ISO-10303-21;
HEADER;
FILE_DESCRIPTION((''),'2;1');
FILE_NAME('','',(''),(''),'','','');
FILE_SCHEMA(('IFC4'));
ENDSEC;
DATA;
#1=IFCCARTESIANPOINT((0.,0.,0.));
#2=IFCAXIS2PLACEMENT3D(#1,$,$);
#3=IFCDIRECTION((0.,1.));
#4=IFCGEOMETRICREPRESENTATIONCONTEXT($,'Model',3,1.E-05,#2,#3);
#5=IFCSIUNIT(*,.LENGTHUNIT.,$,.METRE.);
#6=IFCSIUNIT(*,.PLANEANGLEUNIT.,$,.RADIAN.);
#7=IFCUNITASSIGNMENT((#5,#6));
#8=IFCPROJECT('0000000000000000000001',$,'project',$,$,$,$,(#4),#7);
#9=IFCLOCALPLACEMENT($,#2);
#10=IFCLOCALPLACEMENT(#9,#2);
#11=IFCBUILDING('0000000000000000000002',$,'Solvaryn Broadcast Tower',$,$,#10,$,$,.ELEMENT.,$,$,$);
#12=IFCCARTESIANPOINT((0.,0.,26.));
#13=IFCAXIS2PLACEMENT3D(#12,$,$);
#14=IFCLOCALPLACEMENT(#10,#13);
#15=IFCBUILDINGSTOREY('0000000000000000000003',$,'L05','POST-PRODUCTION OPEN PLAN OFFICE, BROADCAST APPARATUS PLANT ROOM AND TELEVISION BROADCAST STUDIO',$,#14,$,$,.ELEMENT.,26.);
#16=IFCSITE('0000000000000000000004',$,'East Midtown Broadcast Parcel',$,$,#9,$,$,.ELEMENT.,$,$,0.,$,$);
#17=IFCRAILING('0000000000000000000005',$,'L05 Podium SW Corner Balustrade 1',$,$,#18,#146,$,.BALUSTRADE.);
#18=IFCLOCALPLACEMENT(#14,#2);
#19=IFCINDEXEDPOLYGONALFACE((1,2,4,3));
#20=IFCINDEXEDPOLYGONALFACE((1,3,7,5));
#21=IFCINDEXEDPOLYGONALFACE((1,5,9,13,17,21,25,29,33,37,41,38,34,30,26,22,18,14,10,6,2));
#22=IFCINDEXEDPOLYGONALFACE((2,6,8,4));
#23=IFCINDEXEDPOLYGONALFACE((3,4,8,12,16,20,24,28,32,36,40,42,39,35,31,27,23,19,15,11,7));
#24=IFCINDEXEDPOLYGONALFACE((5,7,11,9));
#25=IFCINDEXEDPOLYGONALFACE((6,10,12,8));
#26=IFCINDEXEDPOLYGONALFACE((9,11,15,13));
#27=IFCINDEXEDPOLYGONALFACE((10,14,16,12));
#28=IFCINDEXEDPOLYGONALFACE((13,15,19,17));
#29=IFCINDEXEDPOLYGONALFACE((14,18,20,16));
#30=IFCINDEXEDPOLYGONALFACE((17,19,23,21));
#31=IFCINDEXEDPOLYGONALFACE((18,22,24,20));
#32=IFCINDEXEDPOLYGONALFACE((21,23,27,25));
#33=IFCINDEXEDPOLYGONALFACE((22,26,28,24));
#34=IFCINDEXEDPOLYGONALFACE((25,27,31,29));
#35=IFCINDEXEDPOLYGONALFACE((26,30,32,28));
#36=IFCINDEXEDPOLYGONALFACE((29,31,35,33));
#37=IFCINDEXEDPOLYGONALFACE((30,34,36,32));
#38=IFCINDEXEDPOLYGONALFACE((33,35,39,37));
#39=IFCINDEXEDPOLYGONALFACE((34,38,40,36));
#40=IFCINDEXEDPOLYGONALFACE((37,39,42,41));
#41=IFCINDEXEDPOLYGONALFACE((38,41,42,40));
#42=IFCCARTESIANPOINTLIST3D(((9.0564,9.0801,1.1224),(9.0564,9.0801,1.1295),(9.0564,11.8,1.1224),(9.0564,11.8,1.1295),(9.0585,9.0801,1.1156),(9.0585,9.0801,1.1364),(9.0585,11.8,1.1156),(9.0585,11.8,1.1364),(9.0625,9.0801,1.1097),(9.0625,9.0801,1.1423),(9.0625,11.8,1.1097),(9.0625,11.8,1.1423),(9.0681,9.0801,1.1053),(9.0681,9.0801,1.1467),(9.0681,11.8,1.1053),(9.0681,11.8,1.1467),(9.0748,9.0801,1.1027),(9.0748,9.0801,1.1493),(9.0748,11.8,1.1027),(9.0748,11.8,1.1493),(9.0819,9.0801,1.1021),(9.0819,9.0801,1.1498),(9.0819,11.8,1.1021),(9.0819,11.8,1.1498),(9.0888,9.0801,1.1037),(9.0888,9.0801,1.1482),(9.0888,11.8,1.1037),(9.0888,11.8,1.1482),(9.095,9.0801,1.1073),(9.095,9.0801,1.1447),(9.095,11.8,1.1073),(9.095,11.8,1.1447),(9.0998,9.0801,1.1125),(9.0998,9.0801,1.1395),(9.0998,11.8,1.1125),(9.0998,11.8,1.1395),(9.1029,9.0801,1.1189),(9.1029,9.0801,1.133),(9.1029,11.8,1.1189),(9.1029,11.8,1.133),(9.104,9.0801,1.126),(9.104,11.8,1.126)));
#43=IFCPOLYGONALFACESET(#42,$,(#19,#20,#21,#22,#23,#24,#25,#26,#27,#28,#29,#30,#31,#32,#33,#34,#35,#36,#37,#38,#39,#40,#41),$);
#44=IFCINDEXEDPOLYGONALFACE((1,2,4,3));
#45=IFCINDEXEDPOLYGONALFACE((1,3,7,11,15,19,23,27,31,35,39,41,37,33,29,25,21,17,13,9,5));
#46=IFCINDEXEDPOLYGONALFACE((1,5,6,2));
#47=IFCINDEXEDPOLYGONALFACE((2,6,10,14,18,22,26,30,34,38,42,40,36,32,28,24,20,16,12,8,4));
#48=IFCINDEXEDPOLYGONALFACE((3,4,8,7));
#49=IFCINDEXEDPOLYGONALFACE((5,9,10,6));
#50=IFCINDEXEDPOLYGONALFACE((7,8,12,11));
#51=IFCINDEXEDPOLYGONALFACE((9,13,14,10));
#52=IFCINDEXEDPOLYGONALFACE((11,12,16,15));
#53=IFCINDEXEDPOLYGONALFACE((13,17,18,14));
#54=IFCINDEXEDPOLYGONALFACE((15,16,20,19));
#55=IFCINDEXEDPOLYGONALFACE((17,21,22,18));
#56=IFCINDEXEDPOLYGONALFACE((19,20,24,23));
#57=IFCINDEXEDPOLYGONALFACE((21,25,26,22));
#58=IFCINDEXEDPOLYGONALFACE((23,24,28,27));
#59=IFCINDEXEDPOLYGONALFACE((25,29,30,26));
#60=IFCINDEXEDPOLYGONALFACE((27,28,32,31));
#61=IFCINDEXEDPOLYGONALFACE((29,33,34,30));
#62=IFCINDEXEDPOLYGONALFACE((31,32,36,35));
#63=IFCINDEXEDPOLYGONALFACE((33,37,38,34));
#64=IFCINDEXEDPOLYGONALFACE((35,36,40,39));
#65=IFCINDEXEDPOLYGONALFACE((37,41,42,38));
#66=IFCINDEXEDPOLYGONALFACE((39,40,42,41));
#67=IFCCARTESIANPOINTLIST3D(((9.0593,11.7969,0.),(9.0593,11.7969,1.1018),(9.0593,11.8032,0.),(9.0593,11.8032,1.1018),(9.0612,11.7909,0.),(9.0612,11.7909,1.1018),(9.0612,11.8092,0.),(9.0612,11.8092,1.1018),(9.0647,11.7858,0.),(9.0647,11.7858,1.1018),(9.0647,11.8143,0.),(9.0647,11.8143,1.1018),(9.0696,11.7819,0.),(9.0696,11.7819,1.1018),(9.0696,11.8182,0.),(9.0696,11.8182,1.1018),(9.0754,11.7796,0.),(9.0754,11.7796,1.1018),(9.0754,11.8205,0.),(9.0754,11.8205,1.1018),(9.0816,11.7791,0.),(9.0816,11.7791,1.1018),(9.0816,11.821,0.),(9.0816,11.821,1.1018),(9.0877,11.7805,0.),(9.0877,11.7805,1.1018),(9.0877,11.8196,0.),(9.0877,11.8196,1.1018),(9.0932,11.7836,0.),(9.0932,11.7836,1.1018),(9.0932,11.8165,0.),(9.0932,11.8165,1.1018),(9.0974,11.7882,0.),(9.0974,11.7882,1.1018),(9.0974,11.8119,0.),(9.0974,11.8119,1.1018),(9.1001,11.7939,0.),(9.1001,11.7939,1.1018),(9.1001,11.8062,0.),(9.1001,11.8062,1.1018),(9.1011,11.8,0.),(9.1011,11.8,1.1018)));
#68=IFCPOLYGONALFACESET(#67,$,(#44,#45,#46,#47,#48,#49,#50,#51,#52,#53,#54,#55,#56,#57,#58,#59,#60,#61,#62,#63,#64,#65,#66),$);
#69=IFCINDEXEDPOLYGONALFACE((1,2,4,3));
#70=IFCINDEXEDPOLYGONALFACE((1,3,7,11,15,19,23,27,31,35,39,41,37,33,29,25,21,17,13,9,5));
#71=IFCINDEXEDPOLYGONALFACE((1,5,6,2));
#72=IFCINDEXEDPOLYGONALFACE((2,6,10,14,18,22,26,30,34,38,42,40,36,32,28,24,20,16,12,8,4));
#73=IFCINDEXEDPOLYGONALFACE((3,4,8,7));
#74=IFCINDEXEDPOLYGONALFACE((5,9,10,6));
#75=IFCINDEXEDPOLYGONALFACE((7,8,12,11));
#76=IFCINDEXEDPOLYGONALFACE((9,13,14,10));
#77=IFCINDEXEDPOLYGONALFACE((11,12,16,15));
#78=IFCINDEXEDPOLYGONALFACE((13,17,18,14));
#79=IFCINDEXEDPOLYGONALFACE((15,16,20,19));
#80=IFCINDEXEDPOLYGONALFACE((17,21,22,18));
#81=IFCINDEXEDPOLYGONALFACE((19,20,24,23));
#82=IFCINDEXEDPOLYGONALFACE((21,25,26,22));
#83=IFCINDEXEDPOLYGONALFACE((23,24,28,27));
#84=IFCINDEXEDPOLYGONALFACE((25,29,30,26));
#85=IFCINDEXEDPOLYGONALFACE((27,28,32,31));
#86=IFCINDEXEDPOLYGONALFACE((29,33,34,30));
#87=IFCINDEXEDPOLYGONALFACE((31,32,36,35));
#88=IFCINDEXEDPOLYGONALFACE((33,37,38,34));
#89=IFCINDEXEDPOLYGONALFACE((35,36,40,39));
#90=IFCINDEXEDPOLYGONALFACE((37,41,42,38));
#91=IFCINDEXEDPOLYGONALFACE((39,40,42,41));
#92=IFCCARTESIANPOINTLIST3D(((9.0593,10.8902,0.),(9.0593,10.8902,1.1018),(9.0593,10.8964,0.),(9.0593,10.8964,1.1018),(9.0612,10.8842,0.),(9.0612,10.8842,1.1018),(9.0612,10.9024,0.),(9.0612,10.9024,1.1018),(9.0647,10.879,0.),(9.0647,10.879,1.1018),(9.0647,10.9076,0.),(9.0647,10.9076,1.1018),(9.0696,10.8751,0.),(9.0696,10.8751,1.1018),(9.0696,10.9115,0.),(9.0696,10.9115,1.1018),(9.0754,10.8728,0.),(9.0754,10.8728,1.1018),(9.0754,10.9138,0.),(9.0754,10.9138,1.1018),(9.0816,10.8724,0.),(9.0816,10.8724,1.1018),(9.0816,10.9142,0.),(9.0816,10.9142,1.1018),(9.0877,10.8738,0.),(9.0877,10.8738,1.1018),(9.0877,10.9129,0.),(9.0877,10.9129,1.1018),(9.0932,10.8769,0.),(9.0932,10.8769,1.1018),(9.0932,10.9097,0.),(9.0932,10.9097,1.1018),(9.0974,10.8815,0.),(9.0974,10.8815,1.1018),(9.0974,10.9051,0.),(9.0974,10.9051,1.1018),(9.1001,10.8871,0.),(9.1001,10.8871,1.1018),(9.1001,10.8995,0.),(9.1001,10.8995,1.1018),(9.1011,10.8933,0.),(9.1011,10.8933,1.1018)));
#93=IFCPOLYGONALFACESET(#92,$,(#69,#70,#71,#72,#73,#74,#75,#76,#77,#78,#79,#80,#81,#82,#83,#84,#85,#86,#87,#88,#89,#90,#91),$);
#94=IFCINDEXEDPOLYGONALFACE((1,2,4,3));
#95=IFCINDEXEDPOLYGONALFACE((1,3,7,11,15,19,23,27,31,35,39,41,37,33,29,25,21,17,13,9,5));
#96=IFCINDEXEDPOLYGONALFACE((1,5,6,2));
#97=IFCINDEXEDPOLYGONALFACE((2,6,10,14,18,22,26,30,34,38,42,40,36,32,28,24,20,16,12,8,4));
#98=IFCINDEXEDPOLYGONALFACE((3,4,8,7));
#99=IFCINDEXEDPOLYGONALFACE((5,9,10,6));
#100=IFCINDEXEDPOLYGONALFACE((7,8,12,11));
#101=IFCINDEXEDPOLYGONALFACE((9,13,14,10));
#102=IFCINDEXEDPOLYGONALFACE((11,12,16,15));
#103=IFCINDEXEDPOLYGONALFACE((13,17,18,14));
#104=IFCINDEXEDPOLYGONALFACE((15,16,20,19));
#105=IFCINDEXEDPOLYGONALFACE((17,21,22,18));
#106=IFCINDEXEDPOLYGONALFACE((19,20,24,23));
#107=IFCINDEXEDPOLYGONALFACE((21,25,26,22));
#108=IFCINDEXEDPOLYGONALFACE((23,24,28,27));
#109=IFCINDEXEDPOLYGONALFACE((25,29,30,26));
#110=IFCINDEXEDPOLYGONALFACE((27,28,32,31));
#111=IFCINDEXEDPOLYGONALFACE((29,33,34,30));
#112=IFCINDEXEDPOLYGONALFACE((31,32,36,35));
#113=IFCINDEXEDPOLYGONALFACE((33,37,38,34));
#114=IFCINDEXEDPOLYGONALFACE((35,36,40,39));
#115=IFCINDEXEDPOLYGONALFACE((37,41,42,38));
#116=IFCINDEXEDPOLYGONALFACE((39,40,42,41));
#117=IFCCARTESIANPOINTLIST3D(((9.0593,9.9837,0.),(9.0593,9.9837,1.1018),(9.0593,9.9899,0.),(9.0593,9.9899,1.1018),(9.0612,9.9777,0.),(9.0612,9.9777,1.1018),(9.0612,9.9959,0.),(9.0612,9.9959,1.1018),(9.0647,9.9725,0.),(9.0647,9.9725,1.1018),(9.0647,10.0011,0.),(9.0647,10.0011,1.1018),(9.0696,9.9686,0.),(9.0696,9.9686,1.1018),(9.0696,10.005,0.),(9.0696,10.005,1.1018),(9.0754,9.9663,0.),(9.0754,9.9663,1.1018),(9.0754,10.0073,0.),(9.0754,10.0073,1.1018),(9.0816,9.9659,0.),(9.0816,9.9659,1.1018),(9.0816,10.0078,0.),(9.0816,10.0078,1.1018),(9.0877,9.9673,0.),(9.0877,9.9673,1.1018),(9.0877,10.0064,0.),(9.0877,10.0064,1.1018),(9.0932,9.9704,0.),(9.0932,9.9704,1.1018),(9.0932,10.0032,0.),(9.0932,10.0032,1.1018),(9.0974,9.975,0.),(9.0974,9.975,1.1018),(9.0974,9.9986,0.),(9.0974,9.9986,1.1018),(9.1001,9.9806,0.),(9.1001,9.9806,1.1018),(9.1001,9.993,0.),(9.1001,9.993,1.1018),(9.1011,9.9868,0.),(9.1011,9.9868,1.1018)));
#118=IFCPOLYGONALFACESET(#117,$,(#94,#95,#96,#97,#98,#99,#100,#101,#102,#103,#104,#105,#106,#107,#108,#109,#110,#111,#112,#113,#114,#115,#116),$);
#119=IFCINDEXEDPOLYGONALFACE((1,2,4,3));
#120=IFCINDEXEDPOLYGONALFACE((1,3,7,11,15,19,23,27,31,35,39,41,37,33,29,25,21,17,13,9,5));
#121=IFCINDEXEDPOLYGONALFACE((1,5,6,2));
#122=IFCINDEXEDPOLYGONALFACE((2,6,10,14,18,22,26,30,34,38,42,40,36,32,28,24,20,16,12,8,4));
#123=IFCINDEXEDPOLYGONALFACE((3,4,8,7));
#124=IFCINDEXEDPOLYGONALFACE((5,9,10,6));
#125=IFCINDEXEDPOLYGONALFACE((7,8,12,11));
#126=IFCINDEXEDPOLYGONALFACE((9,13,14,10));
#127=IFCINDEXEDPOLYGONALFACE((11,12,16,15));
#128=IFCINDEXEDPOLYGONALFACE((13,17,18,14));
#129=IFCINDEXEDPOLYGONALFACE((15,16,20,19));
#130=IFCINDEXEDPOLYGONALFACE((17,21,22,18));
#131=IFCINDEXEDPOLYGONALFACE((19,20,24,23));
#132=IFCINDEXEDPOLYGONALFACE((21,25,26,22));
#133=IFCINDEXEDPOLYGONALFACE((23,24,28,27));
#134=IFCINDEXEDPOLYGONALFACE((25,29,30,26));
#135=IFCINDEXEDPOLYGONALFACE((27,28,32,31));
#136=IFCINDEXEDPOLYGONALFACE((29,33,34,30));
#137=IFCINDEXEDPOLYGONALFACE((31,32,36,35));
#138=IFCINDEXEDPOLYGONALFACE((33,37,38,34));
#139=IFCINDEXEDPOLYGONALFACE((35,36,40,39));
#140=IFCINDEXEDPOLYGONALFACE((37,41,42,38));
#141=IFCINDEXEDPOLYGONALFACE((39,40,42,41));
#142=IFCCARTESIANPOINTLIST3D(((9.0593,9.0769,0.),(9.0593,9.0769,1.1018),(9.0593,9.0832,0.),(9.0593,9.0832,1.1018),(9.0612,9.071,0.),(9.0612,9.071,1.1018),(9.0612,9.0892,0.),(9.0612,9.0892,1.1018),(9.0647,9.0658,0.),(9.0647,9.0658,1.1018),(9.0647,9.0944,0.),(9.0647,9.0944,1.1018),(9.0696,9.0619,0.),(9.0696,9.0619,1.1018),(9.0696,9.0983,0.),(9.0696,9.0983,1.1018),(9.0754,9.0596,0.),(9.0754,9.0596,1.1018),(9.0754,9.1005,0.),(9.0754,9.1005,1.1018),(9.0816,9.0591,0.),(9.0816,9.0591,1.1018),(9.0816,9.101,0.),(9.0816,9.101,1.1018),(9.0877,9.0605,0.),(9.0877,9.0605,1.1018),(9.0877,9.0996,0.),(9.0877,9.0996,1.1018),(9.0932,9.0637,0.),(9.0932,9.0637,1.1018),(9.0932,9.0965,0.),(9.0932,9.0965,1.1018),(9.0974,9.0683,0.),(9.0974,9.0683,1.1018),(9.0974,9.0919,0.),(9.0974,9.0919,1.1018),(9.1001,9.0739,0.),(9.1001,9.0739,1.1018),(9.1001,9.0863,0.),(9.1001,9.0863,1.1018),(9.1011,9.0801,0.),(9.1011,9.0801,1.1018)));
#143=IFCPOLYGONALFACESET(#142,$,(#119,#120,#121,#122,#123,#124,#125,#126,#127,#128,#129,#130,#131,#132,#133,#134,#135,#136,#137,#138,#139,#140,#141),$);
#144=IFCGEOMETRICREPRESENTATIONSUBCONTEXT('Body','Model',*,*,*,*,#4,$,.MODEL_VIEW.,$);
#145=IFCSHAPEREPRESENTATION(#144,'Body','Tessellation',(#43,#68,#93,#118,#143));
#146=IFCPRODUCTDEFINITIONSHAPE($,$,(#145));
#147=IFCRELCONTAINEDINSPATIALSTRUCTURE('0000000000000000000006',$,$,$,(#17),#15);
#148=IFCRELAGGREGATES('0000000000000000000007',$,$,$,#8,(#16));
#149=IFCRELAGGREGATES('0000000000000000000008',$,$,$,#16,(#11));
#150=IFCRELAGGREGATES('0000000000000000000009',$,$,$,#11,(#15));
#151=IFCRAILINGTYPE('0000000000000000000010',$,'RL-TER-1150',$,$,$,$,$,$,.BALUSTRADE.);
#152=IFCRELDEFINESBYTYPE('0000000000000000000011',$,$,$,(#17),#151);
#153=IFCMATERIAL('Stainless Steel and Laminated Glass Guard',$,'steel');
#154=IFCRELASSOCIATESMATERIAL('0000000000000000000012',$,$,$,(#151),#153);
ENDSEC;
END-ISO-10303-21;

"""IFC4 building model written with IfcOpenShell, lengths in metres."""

from ifc_helpers import new_model, si_unit, direction, frame, origin, origin_2d, place, context, subcontext, project, spatial, circle, extrude, material, type_object, element, save


model = new_model("IFC4")

# Units and contexts
model_context = context("Model", 3, precision=1e-05, world=origin(), true_north=direction((0.0, 1.0)))
body_context = subcontext(model_context, "Body", "Model", "MODEL_VIEW")
ifc_project = project(units=[si_unit("LENGTHUNIT", "METRE"), si_unit("PLANEANGLEUNIT", "RADIAN")], contexts=[model_context])

# Site, building, storey
site_placement = place(None, origin())
site = spatial("IfcSite", under=ifc_project, at=site_placement, Name="East Midtown Broadcast Parcel", CompositionType="ELEMENT", RefElevation=0.0)
building_placement = place(site_placement, origin())
building = spatial("IfcBuilding", under=site, at=building_placement, Name="Solvaryn Broadcast Tower", CompositionType="ELEMENT")
storey_placement = place(building_placement, frame((0.0, 0.0, 26.0)))
storey = spatial("IfcBuildingStorey", under=building, at=storey_placement, Name="L05", Description="POST-PRODUCTION OPEN PLAN OFFICE, BROADCAST APPARATUS PLANT ROOM AND TELEVISION BROADCAST STUDIO", CompositionType="ELEMENT", Elevation=26.0)

# Railing
ifc_material_1 = material(Name="Stainless Steel and Laminated Glass Guard", Category="steel")
railing_type = type_object("IfcRailingType", Name="RL-TER-1150", PredefinedType="BALUSTRADE", material=ifc_material_1)
railing_1_placement = place(storey_placement, frame((9.0801, 11.8, 0.0)))
element("IfcRailing", 1, at=railing_1_placement, inside=storey, type_object=railing_type, Name="L05 Podium SW Corner Balustrade 1", PredefinedType="BALUSTRADE", context=body_context, shape_type="SweptSolid", body=[
    extrude(circle(Radius=0.0239, at=origin_2d()), frame((0.0, 0.0, 1.126), z_axis=(0.0, -1.0, 0.0), x_axis=(1.0, 0.0, 0.0)), (0.0, 0.0, 1.0), 2.72),
    extrude(circle(Radius=0.021, at=origin_2d()), origin(), (0.0, 0.0, 1.0), 1.1018),
    extrude(circle(Radius=0.021, at=origin_2d()), frame((0.0, -0.9067, 0.0)), (0.0, 0.0, 1.0), 1.1018),
    extrude(circle(Radius=0.021, at=origin_2d()), frame((0.0, -1.8132, 0.0)), (0.0, 0.0, 1.0), 1.1018),
    extrude(circle(Radius=0.021, at=origin_2d()), frame((0.0, -2.72, 0.0)), (0.0, 0.0, 1.0), 1.1018),
])

save(model, "model.ifc")
